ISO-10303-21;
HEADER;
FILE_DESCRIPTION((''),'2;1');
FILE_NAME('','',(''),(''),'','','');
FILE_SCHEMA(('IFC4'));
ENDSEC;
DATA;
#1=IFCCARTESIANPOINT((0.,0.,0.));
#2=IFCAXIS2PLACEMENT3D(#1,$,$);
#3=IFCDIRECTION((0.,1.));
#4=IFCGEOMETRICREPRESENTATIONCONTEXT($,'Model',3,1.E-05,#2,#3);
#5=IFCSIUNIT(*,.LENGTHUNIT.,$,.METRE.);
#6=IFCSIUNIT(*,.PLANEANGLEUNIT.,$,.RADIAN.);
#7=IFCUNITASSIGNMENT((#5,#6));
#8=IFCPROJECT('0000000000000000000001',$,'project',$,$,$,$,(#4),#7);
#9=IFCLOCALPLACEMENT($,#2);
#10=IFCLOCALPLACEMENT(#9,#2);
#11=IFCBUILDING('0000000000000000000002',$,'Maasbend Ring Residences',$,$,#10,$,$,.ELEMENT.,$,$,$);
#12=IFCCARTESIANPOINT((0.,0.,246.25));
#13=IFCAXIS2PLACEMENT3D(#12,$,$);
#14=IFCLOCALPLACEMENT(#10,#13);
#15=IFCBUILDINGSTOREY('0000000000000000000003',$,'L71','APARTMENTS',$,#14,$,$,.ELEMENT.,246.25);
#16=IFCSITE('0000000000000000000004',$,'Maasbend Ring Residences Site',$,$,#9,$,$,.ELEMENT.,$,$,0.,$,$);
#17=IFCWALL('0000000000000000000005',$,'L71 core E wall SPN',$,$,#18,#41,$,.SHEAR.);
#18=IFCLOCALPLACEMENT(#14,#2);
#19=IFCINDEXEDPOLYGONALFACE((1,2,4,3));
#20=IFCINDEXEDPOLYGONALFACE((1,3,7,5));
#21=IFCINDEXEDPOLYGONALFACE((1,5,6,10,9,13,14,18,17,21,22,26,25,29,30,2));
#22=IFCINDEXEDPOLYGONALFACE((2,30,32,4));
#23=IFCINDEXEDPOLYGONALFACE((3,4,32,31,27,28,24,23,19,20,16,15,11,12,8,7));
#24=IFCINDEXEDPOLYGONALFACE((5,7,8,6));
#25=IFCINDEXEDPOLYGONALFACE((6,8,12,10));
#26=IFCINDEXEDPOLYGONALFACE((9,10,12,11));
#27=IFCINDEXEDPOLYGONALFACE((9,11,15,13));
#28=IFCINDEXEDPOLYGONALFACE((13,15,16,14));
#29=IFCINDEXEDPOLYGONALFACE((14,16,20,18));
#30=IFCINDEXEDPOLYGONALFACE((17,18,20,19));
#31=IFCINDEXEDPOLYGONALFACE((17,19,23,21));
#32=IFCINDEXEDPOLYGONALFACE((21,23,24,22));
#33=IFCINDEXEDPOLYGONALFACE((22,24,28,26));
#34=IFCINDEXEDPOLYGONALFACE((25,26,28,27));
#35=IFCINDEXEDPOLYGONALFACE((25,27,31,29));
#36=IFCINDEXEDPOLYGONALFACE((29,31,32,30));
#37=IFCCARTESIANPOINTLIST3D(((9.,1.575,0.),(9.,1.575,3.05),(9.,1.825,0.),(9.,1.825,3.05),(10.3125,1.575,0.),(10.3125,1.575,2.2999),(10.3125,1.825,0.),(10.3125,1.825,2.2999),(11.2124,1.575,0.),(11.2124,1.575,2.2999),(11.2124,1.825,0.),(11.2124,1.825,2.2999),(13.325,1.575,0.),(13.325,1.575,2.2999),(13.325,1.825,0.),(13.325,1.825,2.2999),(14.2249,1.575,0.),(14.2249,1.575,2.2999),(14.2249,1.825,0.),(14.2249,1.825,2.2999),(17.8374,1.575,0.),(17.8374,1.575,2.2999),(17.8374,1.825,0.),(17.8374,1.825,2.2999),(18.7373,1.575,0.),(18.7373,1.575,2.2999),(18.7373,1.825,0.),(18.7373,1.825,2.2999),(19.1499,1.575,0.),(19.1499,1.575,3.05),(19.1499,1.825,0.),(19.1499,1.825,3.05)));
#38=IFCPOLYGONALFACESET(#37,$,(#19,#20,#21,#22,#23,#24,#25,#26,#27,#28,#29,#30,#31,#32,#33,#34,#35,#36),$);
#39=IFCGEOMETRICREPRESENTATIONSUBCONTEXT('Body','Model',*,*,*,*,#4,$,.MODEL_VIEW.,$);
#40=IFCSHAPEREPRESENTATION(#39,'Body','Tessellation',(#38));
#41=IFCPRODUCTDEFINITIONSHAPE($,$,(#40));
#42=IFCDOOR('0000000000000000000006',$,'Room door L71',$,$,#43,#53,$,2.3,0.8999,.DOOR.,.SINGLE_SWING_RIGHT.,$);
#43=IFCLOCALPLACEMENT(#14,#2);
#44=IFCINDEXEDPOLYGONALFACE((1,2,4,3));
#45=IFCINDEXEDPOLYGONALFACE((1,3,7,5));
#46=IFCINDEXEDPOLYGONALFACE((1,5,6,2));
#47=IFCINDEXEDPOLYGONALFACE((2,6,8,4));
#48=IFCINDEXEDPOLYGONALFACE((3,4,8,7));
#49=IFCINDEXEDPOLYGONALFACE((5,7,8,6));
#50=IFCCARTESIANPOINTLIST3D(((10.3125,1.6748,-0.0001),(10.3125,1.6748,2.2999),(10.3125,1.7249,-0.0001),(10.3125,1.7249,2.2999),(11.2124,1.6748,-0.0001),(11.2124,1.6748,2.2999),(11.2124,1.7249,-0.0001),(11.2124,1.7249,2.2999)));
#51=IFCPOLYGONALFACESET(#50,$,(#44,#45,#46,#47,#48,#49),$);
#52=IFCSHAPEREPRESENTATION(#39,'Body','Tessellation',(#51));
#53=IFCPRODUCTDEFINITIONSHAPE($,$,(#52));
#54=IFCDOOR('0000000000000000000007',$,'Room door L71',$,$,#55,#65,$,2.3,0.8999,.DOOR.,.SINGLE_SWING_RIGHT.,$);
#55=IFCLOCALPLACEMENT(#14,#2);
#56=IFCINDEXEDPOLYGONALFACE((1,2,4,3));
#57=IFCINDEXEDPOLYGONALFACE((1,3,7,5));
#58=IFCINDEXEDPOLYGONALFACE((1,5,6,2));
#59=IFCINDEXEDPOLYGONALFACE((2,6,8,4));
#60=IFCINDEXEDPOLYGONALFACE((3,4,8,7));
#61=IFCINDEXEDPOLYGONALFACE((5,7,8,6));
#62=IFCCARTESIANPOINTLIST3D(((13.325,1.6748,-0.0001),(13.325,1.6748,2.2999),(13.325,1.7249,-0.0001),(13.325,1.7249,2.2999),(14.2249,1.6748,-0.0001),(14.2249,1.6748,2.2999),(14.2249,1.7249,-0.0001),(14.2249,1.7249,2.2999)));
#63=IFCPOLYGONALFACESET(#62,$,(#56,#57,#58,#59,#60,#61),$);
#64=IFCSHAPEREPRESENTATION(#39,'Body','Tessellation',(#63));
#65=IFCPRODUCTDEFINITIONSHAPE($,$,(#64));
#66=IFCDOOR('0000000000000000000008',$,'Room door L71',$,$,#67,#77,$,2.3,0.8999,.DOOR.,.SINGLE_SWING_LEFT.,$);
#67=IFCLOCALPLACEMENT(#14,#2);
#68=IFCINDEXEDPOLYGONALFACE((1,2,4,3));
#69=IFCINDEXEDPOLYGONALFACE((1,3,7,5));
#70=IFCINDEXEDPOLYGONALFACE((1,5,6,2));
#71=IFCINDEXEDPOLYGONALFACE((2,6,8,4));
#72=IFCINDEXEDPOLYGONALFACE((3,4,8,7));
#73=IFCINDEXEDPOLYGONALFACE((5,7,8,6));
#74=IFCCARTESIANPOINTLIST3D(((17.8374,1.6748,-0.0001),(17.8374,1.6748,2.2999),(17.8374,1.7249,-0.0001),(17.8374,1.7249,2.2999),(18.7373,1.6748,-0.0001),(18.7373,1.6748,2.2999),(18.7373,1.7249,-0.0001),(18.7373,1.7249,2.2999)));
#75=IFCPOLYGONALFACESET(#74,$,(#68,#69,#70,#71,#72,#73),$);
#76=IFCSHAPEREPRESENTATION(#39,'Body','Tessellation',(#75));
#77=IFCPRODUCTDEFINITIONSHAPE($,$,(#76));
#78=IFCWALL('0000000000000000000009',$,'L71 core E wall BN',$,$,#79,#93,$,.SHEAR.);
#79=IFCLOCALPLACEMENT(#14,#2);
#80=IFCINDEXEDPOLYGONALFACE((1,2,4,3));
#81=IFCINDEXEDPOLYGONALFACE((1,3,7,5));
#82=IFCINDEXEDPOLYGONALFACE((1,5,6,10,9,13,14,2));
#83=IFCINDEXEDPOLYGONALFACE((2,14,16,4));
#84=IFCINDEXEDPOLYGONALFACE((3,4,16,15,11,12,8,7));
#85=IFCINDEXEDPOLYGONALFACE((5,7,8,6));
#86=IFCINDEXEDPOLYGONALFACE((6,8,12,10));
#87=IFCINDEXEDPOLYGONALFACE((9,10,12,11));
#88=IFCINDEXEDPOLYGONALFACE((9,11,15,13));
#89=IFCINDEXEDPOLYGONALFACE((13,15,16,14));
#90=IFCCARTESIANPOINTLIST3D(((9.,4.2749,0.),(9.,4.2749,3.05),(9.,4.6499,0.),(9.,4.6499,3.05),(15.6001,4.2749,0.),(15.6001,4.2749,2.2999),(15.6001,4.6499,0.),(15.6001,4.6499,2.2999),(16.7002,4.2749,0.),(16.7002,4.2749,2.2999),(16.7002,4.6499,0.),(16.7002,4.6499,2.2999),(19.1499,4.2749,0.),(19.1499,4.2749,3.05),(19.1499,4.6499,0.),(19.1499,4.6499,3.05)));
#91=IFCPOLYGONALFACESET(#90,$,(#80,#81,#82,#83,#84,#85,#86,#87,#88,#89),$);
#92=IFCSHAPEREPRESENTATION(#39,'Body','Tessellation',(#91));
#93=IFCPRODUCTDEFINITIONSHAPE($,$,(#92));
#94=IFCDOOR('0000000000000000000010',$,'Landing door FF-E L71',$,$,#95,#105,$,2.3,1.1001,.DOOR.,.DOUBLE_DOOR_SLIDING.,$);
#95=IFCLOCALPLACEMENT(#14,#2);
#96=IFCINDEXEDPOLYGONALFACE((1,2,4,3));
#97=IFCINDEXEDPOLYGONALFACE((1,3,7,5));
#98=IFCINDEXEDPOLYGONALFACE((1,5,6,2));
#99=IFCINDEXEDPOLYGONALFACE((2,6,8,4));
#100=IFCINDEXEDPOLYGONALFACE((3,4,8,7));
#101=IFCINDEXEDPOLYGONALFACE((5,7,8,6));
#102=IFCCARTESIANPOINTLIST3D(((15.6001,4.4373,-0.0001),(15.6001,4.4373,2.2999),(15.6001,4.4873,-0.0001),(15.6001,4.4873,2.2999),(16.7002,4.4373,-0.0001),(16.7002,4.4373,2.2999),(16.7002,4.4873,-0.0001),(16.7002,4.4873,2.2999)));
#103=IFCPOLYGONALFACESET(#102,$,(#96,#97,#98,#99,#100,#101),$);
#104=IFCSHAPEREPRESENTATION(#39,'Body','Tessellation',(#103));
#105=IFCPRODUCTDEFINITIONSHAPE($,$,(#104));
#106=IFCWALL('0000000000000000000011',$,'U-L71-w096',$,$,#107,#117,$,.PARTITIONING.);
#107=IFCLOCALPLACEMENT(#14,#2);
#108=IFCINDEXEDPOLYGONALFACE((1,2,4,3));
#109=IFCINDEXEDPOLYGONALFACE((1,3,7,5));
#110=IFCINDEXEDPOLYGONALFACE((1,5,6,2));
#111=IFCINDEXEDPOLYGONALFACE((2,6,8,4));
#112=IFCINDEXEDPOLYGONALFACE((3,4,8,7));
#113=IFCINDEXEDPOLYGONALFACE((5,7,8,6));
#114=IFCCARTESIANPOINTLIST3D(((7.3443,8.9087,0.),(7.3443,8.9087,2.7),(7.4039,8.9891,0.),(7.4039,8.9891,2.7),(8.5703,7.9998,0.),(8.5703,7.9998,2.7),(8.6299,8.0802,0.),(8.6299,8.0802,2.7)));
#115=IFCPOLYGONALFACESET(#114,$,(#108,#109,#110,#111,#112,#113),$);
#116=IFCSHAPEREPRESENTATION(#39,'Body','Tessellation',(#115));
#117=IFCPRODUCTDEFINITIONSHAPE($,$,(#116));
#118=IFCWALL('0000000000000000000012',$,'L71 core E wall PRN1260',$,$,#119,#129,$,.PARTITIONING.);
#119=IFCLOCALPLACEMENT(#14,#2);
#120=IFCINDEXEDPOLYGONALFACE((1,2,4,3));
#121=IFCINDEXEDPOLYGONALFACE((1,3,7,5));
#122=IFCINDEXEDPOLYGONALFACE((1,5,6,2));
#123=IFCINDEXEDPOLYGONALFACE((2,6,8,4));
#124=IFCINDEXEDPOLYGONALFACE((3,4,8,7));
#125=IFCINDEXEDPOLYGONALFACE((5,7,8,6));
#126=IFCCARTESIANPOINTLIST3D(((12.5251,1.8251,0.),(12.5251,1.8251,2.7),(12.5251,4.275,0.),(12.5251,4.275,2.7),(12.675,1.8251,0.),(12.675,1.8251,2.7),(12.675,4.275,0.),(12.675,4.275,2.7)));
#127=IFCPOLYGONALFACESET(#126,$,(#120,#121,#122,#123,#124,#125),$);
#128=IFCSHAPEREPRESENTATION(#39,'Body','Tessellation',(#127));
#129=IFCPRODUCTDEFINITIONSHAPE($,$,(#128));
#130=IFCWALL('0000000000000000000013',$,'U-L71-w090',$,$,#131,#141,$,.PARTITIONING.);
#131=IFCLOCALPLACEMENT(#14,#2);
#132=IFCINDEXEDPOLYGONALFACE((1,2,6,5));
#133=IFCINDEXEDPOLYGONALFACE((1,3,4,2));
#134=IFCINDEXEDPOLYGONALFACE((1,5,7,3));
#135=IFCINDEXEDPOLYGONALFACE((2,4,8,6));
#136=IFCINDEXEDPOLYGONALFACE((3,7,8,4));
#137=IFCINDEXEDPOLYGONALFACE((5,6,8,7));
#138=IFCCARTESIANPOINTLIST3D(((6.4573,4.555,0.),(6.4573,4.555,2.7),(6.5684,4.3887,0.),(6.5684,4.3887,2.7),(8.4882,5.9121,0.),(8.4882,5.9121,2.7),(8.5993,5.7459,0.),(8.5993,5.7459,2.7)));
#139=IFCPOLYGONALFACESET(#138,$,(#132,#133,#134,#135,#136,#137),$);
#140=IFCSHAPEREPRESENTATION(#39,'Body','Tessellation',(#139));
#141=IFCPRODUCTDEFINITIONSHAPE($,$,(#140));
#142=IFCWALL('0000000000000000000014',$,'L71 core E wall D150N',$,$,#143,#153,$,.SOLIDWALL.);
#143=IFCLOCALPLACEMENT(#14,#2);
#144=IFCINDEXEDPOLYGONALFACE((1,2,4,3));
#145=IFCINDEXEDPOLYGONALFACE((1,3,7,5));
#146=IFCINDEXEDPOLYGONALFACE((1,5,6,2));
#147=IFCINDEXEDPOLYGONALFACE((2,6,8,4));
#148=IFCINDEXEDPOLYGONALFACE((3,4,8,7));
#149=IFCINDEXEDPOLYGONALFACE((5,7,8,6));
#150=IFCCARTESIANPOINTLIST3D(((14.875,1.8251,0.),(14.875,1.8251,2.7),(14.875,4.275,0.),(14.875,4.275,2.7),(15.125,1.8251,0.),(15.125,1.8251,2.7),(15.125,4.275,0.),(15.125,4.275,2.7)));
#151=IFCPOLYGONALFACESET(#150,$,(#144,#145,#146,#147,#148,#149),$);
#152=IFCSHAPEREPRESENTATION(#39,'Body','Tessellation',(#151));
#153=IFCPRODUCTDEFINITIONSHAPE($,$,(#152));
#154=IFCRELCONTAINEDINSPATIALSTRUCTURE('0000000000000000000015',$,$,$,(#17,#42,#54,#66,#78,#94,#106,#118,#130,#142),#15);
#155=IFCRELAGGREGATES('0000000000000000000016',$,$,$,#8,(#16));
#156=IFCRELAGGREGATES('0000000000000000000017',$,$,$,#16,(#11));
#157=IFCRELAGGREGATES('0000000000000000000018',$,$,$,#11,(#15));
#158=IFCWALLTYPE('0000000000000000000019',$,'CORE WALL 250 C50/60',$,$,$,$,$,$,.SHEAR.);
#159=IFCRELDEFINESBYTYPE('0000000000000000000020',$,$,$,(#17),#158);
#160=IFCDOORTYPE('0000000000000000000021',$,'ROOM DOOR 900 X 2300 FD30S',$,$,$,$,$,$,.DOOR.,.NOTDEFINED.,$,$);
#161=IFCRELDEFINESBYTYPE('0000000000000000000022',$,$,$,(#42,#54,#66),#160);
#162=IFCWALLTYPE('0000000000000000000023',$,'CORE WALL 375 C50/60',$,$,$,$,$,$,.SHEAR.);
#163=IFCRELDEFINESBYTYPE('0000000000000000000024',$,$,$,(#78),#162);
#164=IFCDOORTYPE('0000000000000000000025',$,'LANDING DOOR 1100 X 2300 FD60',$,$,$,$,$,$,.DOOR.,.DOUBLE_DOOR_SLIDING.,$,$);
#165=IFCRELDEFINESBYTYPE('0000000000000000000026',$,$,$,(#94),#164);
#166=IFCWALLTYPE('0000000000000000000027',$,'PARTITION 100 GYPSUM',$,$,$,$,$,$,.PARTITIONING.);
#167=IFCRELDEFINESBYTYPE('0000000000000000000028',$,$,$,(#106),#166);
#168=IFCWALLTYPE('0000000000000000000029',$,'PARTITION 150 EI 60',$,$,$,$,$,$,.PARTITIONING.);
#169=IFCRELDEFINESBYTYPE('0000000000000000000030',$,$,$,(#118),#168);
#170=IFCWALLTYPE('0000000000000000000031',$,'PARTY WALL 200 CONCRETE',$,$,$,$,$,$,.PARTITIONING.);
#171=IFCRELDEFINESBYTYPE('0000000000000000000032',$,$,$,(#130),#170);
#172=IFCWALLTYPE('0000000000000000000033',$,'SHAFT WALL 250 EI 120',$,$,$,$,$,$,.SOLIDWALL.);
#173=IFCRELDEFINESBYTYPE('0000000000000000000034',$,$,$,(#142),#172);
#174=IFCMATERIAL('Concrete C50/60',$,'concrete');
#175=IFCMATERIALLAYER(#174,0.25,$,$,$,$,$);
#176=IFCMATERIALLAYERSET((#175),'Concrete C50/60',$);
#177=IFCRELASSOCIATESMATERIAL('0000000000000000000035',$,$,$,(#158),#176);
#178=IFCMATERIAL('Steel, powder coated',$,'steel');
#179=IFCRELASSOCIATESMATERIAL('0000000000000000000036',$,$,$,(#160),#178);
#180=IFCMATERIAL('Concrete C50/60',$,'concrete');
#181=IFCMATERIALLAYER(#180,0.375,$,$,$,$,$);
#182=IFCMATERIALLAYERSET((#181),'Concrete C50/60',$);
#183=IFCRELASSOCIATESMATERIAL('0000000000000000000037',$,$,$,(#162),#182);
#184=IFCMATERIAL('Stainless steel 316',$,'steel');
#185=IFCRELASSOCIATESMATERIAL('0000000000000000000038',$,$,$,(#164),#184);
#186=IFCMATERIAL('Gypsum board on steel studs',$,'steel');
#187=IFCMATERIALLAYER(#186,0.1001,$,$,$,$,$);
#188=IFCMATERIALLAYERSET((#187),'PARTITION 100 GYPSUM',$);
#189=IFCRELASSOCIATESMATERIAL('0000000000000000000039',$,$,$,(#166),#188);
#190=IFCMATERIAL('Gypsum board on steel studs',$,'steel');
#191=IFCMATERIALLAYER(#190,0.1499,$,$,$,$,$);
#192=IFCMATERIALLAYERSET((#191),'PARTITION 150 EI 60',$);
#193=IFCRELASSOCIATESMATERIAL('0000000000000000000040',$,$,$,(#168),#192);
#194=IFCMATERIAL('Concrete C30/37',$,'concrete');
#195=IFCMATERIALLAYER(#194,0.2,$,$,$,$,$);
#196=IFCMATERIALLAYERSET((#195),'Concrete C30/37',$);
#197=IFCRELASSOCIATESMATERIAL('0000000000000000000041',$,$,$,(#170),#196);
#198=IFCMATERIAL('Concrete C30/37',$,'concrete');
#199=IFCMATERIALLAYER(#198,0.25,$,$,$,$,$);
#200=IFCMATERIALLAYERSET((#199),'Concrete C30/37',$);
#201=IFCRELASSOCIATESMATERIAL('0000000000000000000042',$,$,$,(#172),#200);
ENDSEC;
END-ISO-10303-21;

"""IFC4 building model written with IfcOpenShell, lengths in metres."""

from ifc_helpers import new_model, si_unit, direction, frame, frame_2d, origin, place, context, subcontext, project, spatial, rectangle, extrude, material, layer, layer_set, type_object, element, fill, save


model = new_model("IFC4")

# Units and contexts
model_context = context("Model", 3, precision=1e-05, world=origin(), true_north=direction((0.0, 1.0)))
body_context = subcontext(model_context, "Body", "Model", "MODEL_VIEW")
ifc_project = project(units=[si_unit("LENGTHUNIT", "METRE"), si_unit("PLANEANGLEUNIT", "RADIAN")], contexts=[model_context])

# Site, building, storey
site_placement = place(None, origin())
site = spatial("IfcSite", under=ifc_project, at=site_placement, Name="Maasbend Ring Residences Site", CompositionType="ELEMENT", RefElevation=0.0)
building_placement = place(site_placement, origin())
building = spatial("IfcBuilding", under=site, at=building_placement, Name="Maasbend Ring Residences", CompositionType="ELEMENT")
storey_placement = place(building_placement, frame((0.0, 0.0, 246.25)))
storey = spatial("IfcBuildingStorey", under=building, at=storey_placement, Name="L71", Description="APARTMENTS", CompositionType="ELEMENT", Elevation=246.25)

# Wall, openings, doors
ifc_material_1 = material(Name="Concrete C50/60", Category="concrete")
ifc_layer_1 = layer(ifc_material_1, 0.25)
ifc_layer_set_1 = layer_set([ifc_layer_1], Name="Concrete C50/60")
wall_type_1 = type_object("IfcWallType", Name="CORE WALL 250 C50/60", PredefinedType="SHEAR", material=ifc_layer_set_1)
wall_1_placement = place(storey_placement, frame((9.0, 1.7, 0.0), z_axis=(0.0, 0.0, 1.0), x_axis=(1.0, 0.0, 0.0)))
wall_1 = element("IfcWall", 1, at=wall_1_placement, inside=storey, type_object=wall_type_1, Name="L71 core E wall SPN", PredefinedType="SHEAR", context=body_context, shape_type="SweptSolid", body=[
    extrude(rectangle(XDim=10.1499, YDim=0.25, at=frame_2d((5.075, 0.0))), origin(), (0.0, 0.0, 1.0), 3.05),
])
opening_1_placement = place(wall_1_placement, frame((1.3125, 0.0, 0.0)))
opening_1 = element("IfcOpeningElement", 2, at=opening_1_placement, cuts=wall_1, PredefinedType="OPENING", context=body_context, shape_type="SweptSolid", body=[
    extrude(rectangle(XDim=0.8999, YDim=2.3, at=frame_2d((0.45, 1.1499))), frame((0.0, 0.135, 0.0), z_axis=(0.0, -1.0, 0.0), x_axis=(1.0, 0.0, 0.0)), (0.0, 0.0, 1.0), 0.27),
])
opening_2_placement = place(wall_1_placement, frame((4.325, 0.0, 0.0)))
opening_2 = element("IfcOpeningElement", 3, at=opening_2_placement, cuts=wall_1, PredefinedType="OPENING", context=body_context, shape_type="SweptSolid", body=[
    extrude(rectangle(XDim=0.8999, YDim=2.3, at=frame_2d((0.45, 1.1499))), frame((0.0, 0.135, 0.0), z_axis=(0.0, -1.0, 0.0), x_axis=(1.0, 0.0, 0.0)), (0.0, 0.0, 1.0), 0.27),
])
opening_3_placement = place(wall_1_placement, frame((8.8374, 0.0, 0.0)))
opening_3 = element("IfcOpeningElement", 4, at=opening_3_placement, cuts=wall_1, PredefinedType="OPENING", context=body_context, shape_type="SweptSolid", body=[
    extrude(rectangle(XDim=0.8999, YDim=2.3, at=frame_2d((0.45, 1.1499))), frame((0.0, 0.135, 0.0), z_axis=(0.0, -1.0, 0.0), x_axis=(1.0, 0.0, 0.0)), (0.0, 0.0, 1.0), 0.27),
])
ifc_material_2 = material(Name="Steel, powder coated", Category="steel")
door_type_1 = type_object("IfcDoorType", Name="ROOM DOOR 900 X 2300 FD30S", OperationType="NOTDEFINED", PredefinedType="DOOR", material=ifc_material_2)
door_1_placement = place(opening_1_placement, origin())
door_1 = element("IfcDoor", 5, at=door_1_placement, inside=storey, type_object=door_type_1, Name="Room door L71", OperationType="SINGLE_SWING_RIGHT", OverallHeight=2.3, OverallWidth=0.8999, PredefinedType="DOOR", context=body_context, shape_type="SweptSolid", body=[
    extrude(rectangle(XDim=0.8999, YDim=2.3, at=frame_2d((0.45, 1.1499))), frame((0.0, 0.0249, 0.0), z_axis=(0.0, -1.0, 0.0), x_axis=(1.0, 0.0, 0.0)), (0.0, 0.0, 1.0), 0.05),
])
fill(opening_1, door_1)
door_2_placement = place(opening_2_placement, origin())
door_2 = element("IfcDoor", 6, at=door_2_placement, inside=storey, type_object=door_type_1, Name="Room door L71", OperationType="SINGLE_SWING_RIGHT", OverallHeight=2.3, OverallWidth=0.8999, PredefinedType="DOOR", context=body_context, shape_type="SweptSolid", body=[
    extrude(rectangle(XDim=0.8999, YDim=2.3, at=frame_2d((0.45, 1.1499))), frame((0.0, 0.0249, 0.0), z_axis=(0.0, -1.0, 0.0), x_axis=(1.0, 0.0, 0.0)), (0.0, 0.0, 1.0), 0.05),
])
fill(opening_2, door_2)
door_3_placement = place(opening_3_placement, origin())
door_3 = element("IfcDoor", 7, at=door_3_placement, inside=storey, type_object=door_type_1, Name="Room door L71", OperationType="SINGLE_SWING_LEFT", OverallHeight=2.3, OverallWidth=0.8999, PredefinedType="DOOR", context=body_context, shape_type="SweptSolid", body=[
    extrude(rectangle(XDim=0.8999, YDim=2.3, at=frame_2d((0.45, 1.1499))), frame((0.0, 0.0249, 0.0), z_axis=(0.0, -1.0, 0.0), x_axis=(1.0, 0.0, 0.0)), (0.0, 0.0, 1.0), 0.05),
])
fill(opening_3, door_3)

# Wall, opening, door
ifc_material_3 = material(Name="Concrete C50/60", Category="concrete")
ifc_layer_2 = layer(ifc_material_3, 0.375)
ifc_layer_set_2 = layer_set([ifc_layer_2], Name="Concrete C50/60")
wall_type_2 = type_object("IfcWallType", Name="CORE WALL 375 C50/60", PredefinedType="SHEAR", material=ifc_layer_set_2)
wall_2_placement = place(storey_placement, frame((9.0, 4.4624, 0.0), z_axis=(0.0, 0.0, 1.0), x_axis=(1.0, 0.0, 0.0)))
wall_2 = element("IfcWall", 8, at=wall_2_placement, inside=storey, type_object=wall_type_2, Name="L71 core E wall BN", PredefinedType="SHEAR", context=body_context, shape_type="SweptSolid", body=[
    extrude(rectangle(XDim=10.1499, YDim=0.375, at=frame_2d((5.075, 0.0))), origin(), (0.0, 0.0, 1.0), 3.05),
])
opening_4_placement = place(wall_2_placement, frame((6.6001, 0.0, 0.0)))
opening_4 = element("IfcOpeningElement", 9, at=opening_4_placement, cuts=wall_2, PredefinedType="OPENING", context=body_context, shape_type="SweptSolid", body=[
    extrude(rectangle(XDim=1.1001, YDim=2.3, at=frame_2d((0.55, 1.1499))), frame((0.0, 0.1975, 0.0), z_axis=(0.0, -1.0, 0.0), x_axis=(1.0, 0.0, 0.0)), (0.0, 0.0, 1.0), 0.395),
])
ifc_material_4 = material(Name="Stainless steel 316", Category="steel")
door_type_2 = type_object("IfcDoorType", Name="LANDING DOOR 1100 X 2300 FD60", OperationType="DOUBLE_DOOR_SLIDING", PredefinedType="DOOR", material=ifc_material_4)
door_4_placement = place(opening_4_placement, origin())
door_4 = element("IfcDoor", 10, at=door_4_placement, inside=storey, type_object=door_type_2, Name="Landing door FF-E L71", OperationType="DOUBLE_DOOR_SLIDING", OverallHeight=2.3, OverallWidth=1.1001, PredefinedType="DOOR", context=body_context, shape_type="SweptSolid", body=[
    extrude(rectangle(XDim=1.1001, YDim=2.3, at=frame_2d((0.55, 1.1499))), frame((0.0, 0.0249, 0.0), z_axis=(0.0, -1.0, 0.0), x_axis=(1.0, 0.0, 0.0)), (0.0, 0.0, 1.0), 0.05),
])
fill(opening_4, door_4)

# Walls
ifc_material_5 = material(Name="Gypsum board on steel studs", Category="steel")
ifc_layer_3 = layer(ifc_material_5, 0.1001)
ifc_layer_set_3 = layer_set([ifc_layer_3], Name="PARTITION 100 GYPSUM")
wall_type_3 = type_object("IfcWallType", Name="PARTITION 100 GYPSUM", PredefinedType="PARTITIONING", material=ifc_layer_set_3)
wall_3_placement = place(storey_placement, frame((7.374, 8.949, 0.0), z_axis=(0.0, 0.0, 1.0), x_axis=(0.803328, -0.595537, 0.0)))
element("IfcWall", 11, at=wall_3_placement, inside=storey, type_object=wall_type_3, Name="U-L71-w096", PredefinedType="PARTITIONING", context=body_context, shape_type="SweptSolid", body=[
    extrude(rectangle(XDim=1.5261, YDim=0.1001, at=frame_2d((0.7632, 0.0))), origin(), (0.0, 0.0, 1.0), 2.7),
])
ifc_material_6 = material(Name="Gypsum board on steel studs", Category="steel")
ifc_layer_4 = layer(ifc_material_6, 0.1499)
ifc_layer_set_4 = layer_set([ifc_layer_4], Name="PARTITION 150 EI 60")
wall_type_4 = type_object("IfcWallType", Name="PARTITION 150 EI 60", PredefinedType="PARTITIONING", material=ifc_layer_set_4)
wall_4_placement = place(storey_placement, frame((12.6001, 1.825, 0.0), z_axis=(0.0, 0.0, 1.0), x_axis=(0.0, 1.0, 0.0)))
element("IfcWall", 12, at=wall_4_placement, inside=storey, type_object=wall_type_4, Name="L71 core E wall PRN1260", PredefinedType="PARTITIONING", context=body_context, shape_type="SweptSolid", body=[
    extrude(rectangle(XDim=2.45, YDim=0.1499, at=frame_2d((1.2251, 0.0))), origin(), (0.0, 0.0, 1.0), 2.7),
])
ifc_material_7 = material(Name="Concrete C30/37", Category="concrete")
ifc_layer_5 = layer(ifc_material_7, 0.2)
ifc_layer_set_5 = layer_set([ifc_layer_5], Name="Concrete C30/37")
wall_type_5 = type_object("IfcWallType", Name="PARTY WALL 200 CONCRETE", PredefinedType="PARTITIONING", material=ifc_layer_set_5)
wall_5_placement = place(storey_placement, frame((6.5129, 4.4719, 0.0), z_axis=(0.0, 0.0, 1.0), x_axis=(0.83145, 0.555599, 0.0)))
element("IfcWall", 13, at=wall_5_placement, inside=storey, type_object=wall_type_5, Name="U-L71-w090", PredefinedType="PARTITIONING", context=body_context, shape_type="SweptSolid", body=[
    extrude(rectangle(XDim=2.4426, YDim=0.2, at=frame_2d((1.2212, 0.0))), origin(), (0.0, 0.0, 1.0), 2.7),
])
ifc_material_8 = material(Name="Concrete C30/37", Category="concrete")
ifc_layer_6 = layer(ifc_material_8, 0.25)
ifc_layer_set_6 = layer_set([ifc_layer_6], Name="Concrete C30/37")
wall_type_6 = type_object("IfcWallType", Name="SHAFT WALL 250 EI 120", PredefinedType="SOLIDWALL", material=ifc_layer_set_6)
wall_6_placement = place(storey_placement, frame((15.0, 1.825, 0.0), z_axis=(0.0, 0.0, 1.0), x_axis=(0.0, 1.0, 0.0)))
element("IfcWall", 14, at=wall_6_placement, inside=storey, type_object=wall_type_6, Name="L71 core E wall D150N", PredefinedType="SOLIDWALL", context=body_context, shape_type="SweptSolid", body=[
    extrude(rectangle(XDim=2.45, YDim=0.25, at=frame_2d((1.2251, 0.0))), origin(), (0.0, 0.0, 1.0), 2.7),
])

save(model, "model.ifc")
